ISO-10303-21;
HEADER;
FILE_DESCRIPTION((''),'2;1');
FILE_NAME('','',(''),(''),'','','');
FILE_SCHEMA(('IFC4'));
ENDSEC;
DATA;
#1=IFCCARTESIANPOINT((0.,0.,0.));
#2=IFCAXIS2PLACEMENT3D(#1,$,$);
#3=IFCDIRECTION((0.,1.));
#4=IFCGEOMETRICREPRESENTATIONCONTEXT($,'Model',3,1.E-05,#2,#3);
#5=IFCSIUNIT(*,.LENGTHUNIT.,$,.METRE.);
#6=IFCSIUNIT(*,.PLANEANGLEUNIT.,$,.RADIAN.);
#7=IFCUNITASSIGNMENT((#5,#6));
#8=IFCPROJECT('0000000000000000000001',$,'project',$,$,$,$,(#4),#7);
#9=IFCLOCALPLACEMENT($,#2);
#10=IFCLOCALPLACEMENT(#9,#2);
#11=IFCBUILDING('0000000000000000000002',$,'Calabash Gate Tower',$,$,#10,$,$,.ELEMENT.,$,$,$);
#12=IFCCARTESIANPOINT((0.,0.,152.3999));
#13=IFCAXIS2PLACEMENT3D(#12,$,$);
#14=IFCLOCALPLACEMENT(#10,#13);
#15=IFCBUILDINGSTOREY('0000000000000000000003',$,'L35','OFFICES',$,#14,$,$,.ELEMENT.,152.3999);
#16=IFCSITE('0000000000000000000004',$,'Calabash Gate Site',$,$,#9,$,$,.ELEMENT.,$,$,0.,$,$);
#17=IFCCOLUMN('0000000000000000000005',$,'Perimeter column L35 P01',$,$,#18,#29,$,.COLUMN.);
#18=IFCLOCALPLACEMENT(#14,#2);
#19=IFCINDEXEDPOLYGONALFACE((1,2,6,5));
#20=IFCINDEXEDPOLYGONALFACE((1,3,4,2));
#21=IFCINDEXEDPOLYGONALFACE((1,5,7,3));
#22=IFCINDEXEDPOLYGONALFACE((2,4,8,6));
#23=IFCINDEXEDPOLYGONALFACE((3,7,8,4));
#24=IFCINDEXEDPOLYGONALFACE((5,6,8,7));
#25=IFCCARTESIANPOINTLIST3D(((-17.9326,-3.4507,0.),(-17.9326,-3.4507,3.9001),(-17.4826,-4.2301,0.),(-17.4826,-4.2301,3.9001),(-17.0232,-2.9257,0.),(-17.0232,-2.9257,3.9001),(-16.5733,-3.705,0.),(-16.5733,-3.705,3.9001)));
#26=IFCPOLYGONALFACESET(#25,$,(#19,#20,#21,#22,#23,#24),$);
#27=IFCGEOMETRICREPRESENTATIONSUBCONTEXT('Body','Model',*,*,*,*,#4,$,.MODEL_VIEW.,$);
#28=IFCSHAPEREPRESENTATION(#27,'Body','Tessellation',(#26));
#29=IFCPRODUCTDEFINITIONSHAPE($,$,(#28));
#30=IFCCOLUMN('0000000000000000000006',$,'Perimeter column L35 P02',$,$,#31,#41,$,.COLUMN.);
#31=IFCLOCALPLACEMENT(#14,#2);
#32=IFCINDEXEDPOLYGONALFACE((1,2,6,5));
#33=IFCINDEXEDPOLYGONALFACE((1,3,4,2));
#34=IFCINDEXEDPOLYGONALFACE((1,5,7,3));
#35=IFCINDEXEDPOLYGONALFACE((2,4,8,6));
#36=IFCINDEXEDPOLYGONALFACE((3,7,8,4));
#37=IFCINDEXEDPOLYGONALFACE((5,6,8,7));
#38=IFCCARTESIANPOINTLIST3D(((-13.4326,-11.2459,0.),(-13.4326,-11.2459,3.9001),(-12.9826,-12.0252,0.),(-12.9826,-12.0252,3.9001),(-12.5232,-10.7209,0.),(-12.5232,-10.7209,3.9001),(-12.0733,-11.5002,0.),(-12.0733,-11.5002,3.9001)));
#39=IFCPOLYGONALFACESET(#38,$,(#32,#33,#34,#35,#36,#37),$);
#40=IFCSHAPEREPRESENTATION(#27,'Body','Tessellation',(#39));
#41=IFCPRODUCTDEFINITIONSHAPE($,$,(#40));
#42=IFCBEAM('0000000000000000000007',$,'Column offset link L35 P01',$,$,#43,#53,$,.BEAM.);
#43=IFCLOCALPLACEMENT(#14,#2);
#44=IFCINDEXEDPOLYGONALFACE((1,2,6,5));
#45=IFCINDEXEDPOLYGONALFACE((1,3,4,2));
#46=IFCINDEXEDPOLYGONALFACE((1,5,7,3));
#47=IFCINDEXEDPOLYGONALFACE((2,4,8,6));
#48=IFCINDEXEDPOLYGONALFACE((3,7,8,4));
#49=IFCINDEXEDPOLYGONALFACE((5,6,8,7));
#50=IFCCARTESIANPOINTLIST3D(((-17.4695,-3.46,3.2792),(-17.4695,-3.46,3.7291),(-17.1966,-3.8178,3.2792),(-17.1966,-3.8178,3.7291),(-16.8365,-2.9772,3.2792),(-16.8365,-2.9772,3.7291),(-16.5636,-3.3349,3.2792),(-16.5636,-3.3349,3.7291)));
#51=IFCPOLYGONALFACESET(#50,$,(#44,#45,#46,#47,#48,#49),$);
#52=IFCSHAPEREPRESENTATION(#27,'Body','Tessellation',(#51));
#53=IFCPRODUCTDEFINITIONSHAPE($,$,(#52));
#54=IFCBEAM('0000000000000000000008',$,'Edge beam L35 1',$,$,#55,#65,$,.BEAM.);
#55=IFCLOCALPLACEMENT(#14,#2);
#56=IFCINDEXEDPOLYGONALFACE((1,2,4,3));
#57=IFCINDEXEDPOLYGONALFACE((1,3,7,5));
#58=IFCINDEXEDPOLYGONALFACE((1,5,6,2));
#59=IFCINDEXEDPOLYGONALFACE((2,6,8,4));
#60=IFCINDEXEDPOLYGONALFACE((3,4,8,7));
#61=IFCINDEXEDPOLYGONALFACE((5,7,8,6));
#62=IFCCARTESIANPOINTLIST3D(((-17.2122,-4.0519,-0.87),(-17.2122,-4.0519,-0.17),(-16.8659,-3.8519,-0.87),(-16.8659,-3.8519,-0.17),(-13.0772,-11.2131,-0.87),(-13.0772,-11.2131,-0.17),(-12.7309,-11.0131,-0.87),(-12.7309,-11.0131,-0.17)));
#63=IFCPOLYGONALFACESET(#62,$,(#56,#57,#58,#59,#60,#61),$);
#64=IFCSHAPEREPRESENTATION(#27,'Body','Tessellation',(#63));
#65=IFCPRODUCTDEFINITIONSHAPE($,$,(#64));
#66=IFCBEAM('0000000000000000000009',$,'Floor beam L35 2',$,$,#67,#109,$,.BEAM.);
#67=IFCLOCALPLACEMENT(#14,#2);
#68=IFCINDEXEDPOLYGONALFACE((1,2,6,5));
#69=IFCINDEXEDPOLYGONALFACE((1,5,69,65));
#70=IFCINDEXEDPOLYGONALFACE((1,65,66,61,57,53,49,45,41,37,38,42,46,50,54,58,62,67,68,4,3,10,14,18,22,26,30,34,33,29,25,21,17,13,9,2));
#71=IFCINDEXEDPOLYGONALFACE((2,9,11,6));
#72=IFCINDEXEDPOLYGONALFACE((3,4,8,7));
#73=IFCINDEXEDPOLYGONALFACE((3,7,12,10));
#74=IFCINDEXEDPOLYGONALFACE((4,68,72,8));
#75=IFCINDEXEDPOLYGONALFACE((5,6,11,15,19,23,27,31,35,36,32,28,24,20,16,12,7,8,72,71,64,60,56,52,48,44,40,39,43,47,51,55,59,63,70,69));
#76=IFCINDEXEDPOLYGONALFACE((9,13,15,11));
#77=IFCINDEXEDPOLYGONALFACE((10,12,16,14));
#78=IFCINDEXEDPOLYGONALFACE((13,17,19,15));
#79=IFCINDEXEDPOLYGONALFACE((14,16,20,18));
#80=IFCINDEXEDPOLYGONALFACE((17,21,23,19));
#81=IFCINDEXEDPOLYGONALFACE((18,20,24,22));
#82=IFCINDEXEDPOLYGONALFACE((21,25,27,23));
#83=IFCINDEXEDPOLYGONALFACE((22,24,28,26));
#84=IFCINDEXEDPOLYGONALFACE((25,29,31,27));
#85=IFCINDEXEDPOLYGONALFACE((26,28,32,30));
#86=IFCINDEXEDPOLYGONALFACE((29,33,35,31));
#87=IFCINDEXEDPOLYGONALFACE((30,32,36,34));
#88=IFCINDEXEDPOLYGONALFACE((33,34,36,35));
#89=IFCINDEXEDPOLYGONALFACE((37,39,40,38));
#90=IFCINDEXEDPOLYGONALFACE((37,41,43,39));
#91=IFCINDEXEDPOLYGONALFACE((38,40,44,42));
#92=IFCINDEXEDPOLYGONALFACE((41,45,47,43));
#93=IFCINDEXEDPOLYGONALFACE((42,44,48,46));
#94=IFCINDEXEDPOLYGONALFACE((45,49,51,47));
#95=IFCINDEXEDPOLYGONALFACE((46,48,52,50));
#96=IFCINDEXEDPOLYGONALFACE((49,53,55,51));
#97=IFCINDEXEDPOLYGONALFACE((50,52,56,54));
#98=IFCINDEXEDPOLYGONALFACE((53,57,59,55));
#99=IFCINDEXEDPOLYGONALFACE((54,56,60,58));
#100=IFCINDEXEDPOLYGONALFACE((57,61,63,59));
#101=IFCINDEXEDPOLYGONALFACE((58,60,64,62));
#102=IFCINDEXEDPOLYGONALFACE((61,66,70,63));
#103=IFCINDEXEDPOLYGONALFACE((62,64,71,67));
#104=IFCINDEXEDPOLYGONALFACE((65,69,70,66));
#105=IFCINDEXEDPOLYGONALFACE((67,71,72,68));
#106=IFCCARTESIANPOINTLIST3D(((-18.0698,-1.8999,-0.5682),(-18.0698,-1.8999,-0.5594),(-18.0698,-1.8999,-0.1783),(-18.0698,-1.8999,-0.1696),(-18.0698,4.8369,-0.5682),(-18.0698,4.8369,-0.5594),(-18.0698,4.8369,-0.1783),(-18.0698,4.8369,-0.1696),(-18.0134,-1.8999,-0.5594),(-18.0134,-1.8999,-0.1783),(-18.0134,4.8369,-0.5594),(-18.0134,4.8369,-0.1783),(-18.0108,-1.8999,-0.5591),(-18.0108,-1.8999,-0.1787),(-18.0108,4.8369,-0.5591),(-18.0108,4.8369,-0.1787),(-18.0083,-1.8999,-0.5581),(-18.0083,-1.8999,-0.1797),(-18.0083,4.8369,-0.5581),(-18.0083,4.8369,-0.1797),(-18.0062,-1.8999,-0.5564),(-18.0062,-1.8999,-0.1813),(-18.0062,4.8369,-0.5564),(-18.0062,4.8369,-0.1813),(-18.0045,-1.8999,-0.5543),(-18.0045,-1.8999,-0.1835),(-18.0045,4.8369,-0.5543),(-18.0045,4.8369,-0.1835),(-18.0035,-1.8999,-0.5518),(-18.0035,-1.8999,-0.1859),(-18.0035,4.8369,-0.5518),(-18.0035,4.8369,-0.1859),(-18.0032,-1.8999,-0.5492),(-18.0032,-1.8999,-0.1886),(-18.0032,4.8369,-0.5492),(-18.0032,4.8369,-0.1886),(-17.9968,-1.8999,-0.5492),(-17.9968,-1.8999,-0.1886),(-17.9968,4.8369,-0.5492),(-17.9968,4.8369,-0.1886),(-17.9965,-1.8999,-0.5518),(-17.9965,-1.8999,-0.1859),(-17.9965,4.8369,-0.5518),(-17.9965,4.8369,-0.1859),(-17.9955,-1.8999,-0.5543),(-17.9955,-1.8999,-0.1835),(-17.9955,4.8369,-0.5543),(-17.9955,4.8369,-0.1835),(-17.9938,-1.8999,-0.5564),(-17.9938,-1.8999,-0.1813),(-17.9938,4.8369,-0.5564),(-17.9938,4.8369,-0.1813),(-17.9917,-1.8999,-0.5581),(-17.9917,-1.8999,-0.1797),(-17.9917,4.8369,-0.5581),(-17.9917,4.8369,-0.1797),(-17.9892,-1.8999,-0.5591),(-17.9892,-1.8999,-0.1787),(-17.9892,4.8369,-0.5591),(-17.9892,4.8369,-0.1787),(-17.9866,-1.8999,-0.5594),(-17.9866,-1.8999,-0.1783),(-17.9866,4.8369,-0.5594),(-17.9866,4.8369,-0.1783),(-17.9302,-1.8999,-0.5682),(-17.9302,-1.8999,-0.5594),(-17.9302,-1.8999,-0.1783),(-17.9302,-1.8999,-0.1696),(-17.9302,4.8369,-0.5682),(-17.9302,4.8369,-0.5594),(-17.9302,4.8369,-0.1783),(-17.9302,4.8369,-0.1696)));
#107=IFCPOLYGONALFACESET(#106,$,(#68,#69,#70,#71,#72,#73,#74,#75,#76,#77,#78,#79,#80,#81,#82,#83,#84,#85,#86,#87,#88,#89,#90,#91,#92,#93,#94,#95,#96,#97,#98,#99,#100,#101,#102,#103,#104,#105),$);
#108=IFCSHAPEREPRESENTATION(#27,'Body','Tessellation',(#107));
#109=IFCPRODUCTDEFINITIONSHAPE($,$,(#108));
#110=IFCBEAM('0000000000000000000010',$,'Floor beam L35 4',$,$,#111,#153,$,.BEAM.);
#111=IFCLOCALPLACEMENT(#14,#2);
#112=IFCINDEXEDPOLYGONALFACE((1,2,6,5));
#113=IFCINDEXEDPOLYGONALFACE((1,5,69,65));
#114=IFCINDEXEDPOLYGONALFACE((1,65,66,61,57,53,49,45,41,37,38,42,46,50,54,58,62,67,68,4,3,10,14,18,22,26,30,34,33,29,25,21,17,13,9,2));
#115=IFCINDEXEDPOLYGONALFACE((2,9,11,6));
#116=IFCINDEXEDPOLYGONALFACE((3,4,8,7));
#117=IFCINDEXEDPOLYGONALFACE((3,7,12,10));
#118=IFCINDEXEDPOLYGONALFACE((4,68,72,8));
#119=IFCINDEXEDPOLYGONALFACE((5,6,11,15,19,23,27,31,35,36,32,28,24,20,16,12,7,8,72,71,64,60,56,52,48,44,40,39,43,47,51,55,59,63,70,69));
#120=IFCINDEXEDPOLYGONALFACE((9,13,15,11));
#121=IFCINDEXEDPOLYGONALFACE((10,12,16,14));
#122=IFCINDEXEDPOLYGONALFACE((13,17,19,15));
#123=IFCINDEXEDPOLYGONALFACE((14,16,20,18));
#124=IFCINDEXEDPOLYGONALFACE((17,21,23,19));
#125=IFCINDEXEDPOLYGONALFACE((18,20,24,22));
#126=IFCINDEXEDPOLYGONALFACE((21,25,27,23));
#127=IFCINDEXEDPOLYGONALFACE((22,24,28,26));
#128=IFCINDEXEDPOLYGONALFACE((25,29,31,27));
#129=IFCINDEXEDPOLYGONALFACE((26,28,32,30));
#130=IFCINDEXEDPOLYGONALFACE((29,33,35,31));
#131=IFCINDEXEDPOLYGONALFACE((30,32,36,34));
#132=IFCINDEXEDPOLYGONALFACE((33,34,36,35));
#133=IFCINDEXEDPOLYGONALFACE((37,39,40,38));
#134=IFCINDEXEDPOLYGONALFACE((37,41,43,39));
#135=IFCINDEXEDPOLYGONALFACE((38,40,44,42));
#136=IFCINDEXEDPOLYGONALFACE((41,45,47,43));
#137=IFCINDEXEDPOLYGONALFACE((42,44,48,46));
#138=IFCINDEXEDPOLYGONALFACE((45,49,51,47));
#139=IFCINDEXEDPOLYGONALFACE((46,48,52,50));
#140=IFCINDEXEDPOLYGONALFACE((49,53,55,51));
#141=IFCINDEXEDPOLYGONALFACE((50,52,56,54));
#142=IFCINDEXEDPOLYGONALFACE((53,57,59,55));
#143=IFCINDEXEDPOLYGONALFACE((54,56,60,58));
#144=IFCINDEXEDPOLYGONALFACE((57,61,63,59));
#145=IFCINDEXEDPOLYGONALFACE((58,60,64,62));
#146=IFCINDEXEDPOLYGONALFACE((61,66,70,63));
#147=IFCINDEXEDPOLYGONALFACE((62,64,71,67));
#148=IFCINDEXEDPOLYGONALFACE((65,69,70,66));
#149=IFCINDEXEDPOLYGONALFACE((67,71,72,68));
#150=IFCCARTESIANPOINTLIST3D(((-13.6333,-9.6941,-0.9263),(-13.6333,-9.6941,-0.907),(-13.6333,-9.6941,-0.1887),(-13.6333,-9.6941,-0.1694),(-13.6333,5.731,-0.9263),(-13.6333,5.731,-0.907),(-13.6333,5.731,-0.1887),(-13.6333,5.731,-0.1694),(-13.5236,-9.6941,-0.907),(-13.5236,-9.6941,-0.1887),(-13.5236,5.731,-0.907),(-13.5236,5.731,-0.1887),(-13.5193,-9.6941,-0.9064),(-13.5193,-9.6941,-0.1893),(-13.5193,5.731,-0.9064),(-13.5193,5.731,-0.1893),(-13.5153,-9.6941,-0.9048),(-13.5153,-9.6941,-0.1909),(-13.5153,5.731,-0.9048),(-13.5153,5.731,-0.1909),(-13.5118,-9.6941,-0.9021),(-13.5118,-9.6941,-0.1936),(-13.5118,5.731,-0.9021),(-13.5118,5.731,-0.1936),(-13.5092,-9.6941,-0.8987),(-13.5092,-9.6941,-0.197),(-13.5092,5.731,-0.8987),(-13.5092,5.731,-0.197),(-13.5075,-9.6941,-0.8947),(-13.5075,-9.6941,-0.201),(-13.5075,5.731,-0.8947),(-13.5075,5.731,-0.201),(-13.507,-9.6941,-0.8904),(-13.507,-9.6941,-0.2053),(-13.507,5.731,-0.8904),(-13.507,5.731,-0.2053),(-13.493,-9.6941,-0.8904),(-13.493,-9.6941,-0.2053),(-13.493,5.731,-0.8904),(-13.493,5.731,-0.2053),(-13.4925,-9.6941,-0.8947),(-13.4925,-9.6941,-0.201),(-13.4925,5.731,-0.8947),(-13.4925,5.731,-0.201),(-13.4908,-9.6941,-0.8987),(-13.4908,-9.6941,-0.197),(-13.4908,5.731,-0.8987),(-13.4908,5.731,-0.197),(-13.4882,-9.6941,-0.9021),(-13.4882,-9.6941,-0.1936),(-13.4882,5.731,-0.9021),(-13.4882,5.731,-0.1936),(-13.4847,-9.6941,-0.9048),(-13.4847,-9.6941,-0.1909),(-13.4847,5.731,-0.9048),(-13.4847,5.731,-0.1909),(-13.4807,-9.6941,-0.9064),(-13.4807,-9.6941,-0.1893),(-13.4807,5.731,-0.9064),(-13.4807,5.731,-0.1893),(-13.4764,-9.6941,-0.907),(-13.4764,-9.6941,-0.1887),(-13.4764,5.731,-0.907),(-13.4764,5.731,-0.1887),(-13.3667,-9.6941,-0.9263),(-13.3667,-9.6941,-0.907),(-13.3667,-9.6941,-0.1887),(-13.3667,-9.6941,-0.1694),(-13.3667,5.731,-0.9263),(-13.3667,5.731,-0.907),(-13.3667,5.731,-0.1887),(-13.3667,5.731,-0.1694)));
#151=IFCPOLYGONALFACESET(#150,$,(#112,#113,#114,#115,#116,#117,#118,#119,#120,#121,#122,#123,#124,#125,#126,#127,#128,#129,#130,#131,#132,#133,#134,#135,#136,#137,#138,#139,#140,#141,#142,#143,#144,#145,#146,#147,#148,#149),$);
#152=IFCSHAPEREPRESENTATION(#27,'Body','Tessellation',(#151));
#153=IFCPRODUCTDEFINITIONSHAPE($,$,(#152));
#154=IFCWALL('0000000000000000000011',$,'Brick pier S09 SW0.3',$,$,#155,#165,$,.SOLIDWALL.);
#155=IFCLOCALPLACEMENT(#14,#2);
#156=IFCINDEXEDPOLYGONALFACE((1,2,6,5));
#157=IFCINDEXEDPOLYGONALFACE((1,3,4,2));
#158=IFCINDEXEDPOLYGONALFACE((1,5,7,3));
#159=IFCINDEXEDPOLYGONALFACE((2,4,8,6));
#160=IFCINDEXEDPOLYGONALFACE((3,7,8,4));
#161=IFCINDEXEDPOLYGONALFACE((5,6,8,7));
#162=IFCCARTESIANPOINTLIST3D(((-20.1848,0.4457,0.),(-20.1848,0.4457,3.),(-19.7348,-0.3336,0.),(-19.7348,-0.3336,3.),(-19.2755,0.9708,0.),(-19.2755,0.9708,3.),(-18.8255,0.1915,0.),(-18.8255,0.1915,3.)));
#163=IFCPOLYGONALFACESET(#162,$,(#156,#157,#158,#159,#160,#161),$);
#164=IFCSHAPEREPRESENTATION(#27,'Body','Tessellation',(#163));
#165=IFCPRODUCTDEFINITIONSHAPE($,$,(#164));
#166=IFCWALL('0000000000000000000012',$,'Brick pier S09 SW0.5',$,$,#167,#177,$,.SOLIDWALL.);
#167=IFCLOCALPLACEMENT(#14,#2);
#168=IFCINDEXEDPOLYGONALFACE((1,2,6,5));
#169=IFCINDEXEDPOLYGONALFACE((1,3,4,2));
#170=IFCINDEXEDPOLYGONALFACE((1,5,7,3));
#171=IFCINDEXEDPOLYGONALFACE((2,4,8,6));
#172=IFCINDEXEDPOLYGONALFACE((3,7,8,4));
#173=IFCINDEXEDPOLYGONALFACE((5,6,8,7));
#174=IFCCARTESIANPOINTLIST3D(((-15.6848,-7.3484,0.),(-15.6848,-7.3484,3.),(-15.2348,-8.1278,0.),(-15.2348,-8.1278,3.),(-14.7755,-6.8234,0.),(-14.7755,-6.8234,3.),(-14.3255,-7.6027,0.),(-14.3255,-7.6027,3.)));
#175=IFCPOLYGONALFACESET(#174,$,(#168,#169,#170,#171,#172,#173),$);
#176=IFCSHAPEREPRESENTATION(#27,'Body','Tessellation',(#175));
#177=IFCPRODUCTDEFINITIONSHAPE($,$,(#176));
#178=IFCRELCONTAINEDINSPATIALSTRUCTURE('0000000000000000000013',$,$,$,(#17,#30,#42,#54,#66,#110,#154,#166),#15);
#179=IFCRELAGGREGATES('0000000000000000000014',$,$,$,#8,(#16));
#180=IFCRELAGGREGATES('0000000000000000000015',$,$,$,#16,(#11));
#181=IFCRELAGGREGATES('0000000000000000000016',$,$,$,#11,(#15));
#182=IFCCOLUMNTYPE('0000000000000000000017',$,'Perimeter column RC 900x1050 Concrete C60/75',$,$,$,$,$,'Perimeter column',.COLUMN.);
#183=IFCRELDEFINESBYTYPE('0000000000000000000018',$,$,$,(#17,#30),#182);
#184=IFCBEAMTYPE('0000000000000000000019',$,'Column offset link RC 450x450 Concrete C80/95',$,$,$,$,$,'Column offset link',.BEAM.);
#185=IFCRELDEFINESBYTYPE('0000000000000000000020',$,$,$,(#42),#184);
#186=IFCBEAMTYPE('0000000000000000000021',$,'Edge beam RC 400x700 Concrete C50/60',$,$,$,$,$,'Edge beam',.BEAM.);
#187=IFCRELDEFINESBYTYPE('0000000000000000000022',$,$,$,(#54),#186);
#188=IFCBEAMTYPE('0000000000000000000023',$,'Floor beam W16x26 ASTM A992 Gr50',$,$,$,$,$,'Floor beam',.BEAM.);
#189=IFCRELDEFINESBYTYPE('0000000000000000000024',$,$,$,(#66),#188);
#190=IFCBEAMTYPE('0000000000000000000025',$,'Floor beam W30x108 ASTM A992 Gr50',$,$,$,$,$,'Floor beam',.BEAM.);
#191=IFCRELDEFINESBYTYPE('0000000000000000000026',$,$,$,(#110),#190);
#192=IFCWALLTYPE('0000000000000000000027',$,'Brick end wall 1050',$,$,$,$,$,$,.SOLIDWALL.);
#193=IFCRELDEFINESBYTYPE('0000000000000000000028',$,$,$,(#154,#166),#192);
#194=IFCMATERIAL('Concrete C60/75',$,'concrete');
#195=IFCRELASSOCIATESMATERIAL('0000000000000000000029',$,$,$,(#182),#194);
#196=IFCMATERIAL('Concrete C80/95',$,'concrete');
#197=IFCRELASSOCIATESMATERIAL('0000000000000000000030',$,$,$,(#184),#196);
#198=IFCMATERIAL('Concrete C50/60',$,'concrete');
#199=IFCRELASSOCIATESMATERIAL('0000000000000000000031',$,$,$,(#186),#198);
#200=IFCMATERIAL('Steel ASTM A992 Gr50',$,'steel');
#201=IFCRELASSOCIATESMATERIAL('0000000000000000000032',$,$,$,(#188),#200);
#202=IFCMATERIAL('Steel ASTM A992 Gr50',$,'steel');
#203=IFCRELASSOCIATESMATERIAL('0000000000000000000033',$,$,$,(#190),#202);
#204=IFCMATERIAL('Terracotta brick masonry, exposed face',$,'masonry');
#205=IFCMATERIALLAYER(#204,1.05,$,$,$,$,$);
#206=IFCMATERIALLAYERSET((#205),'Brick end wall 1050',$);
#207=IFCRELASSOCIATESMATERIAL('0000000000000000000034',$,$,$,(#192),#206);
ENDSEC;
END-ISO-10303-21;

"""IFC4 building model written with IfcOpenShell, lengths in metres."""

from ifc_helpers import new_model, si_unit, direction, frame, frame_2d, origin, origin_2d, place, context, subcontext, project, spatial, rectangle, i_section, extrude, material, layer, layer_set, material_profile, profile_set, type_object, element, save


model = new_model("IFC4")

# Units and contexts
model_context = context("Model", 3, precision=1e-05, world=origin(), true_north=direction((0.0, 1.0)))
body_context = subcontext(model_context, "Body", "Model", "MODEL_VIEW")
ifc_project = project(units=[si_unit("LENGTHUNIT", "METRE"), si_unit("PLANEANGLEUNIT", "RADIAN")], contexts=[model_context])

# Site, building, storey
site_placement = place(None, origin())
site = spatial("IfcSite", under=ifc_project, at=site_placement, Name="Calabash Gate Site", CompositionType="ELEMENT", RefElevation=0.0)
building_placement = place(site_placement, origin())
building = spatial("IfcBuilding", under=site, at=building_placement, Name="Calabash Gate Tower", CompositionType="ELEMENT")
storey_placement = place(building_placement, frame((0.0, 0.0, 152.3999)))
storey = spatial("IfcBuildingStorey", under=building, at=storey_placement, Name="L35", Description="OFFICES", CompositionType="ELEMENT", Elevation=152.3999)

# Columns
ifc_material_1 = material(Name="Concrete C60/75", Category="concrete")
ifc_material_profile_1 = material_profile(ifc_material_1, rectangle(XDim=0.8999, YDim=1.05, at=origin_2d()))
ifc_profile_set_1 = profile_set([ifc_material_profile_1], Name="Concrete C60/75")
column_type = type_object("IfcColumnType", Name="Perimeter column RC 900x1050 Concrete C60/75", ElementType="Perimeter column", PredefinedType="COLUMN", material=ifc_profile_set_1)
for number, where, z_axis, x_axis, name in (
    (1, (-17.2529, -3.5779, 0.0), (0.0, 0.0, 1.0), (0.5, -0.866025, 0.0), "Perimeter column L35 P01"),
    (2, (-12.7529, -11.373, 0.0), (0.0, 0.0, 1.0), (0.5, -0.866025, 0.0), "Perimeter column L35 P02"),
):
    element("IfcColumn", number, at=place(storey_placement, frame(where, z_axis=z_axis, x_axis=x_axis)), inside=storey, type_object=column_type, Name=name, PredefinedType="COLUMN", context=body_context, shape_type="SweptSolid", body=[
        extrude(rectangle(XDim=0.8999, YDim=1.05, at=origin_2d()), origin(), (0.0, 0.0, 1.0), 3.9001),
    ])

# Beams
ifc_material_2 = material(Name="Concrete C80/95", Category="concrete")
ifc_material_profile_2 = material_profile(ifc_material_2, rectangle(XDim=0.45, YDim=0.45, at=origin_2d()))
ifc_profile_set_2 = profile_set([ifc_material_profile_2], Name="Concrete C80/95")
beam_type_1 = type_object("IfcBeamType", Name="Column offset link RC 450x450 Concrete C80/95", ElementType="Column offset link", PredefinedType="BEAM", material=ifc_profile_set_2)
beam_1_placement = place(storey_placement, frame((-17.333, -3.6389, 3.5042), z_axis=(0.79508, 0.606505, 0.0), x_axis=(-0.606505, 0.79508, 0.0)))
element("IfcBeam", 3, at=beam_1_placement, inside=storey, type_object=beam_type_1, Name="Column offset link L35 P01", PredefinedType="BEAM", context=body_context, shape_type="SweptSolid", body=[
    extrude(rectangle(XDim=0.45, YDim=0.45, at=origin_2d()), origin(), (0.0, 0.0, 1.0), 0.7961),
])
ifc_material_3 = material(Name="Concrete C50/60", Category="concrete")
ifc_material_profile_3 = material_profile(ifc_material_3, rectangle(XDim=0.3999, YDim=0.7, at=origin_2d()))
ifc_profile_set_3 = profile_set([ifc_material_profile_3], Name="Concrete C50/60")
beam_type_2 = type_object("IfcBeamType", Name="Edge beam RC 400x700 Concrete C50/60", ElementType="Edge beam", PredefinedType="BEAM", material=ifc_profile_set_3)
beam_2_placement = place(storey_placement, frame((-17.0391, -3.9519, -0.52), z_axis=(0.500048, -0.865998, 0.0), x_axis=(0.865998, 0.500048, 0.0)))
element("IfcBeam", 4, at=beam_2_placement, inside=storey, type_object=beam_type_2, Name="Edge beam L35 1", PredefinedType="BEAM", context=body_context, shape_type="SweptSolid", body=[
    extrude(rectangle(XDim=0.3999, YDim=0.7, at=origin_2d()), origin(), (0.0, 0.0, 1.0), 8.2693),
])
ifc_material_4 = material(Name="Steel ASTM A992 Gr50", Category="steel")
ifc_material_profile_4 = material_profile(ifc_material_4, i_section(OverallWidth=0.1396, OverallDepth=0.3987, WebThickness=0.0063, FlangeThickness=0.0088, FilletRadius=0.0103, at=origin_2d()))
ifc_profile_set_4 = profile_set([ifc_material_profile_4], Name="Steel ASTM A992 Gr50")
beam_type_3 = type_object("IfcBeamType", Name="Floor beam W16x26 ASTM A992 Gr50", ElementType="Floor beam", PredefinedType="BEAM", material=ifc_profile_set_4)
beam_3_placement = place(storey_placement, frame((-18.0, -1.8999, -0.3689), z_axis=(0.0, 1.0, 0.0), x_axis=(-1.0, 0.0, 0.0)))
element("IfcBeam", 5, at=beam_3_placement, inside=storey, type_object=beam_type_3, Name="Floor beam L35 2", PredefinedType="BEAM", context=body_context, shape_type="SweptSolid", body=[
    extrude(i_section(OverallWidth=0.1396, OverallDepth=0.3987, WebThickness=0.0063, FlangeThickness=0.0088, FilletRadius=0.0103, at=origin_2d()), origin(), (0.0, 0.0, 1.0), 6.7368),
])
ifc_material_5 = material(Name="Steel ASTM A992 Gr50", Category="steel")
ifc_material_profile_5 = material_profile(ifc_material_5, i_section(OverallWidth=0.2666, OverallDepth=0.7568, WebThickness=0.0139, FlangeThickness=0.0193, FilletRadius=0.0166, at=origin_2d()))
ifc_profile_set_5 = profile_set([ifc_material_profile_5], Name="Steel ASTM A992 Gr50")
beam_type_4 = type_object("IfcBeamType", Name="Floor beam W30x108 ASTM A992 Gr50", ElementType="Floor beam", PredefinedType="BEAM", material=ifc_profile_set_5)
beam_4_placement = place(storey_placement, frame((-13.5, -9.6941, -0.5479), z_axis=(0.0, 1.0, 0.0), x_axis=(-1.0, 0.0, 0.0)))
element("IfcBeam", 6, at=beam_4_placement, inside=storey, type_object=beam_type_4, Name="Floor beam L35 4", PredefinedType="BEAM", context=body_context, shape_type="SweptSolid", body=[
    extrude(i_section(OverallWidth=0.2666, OverallDepth=0.7568, WebThickness=0.0139, FlangeThickness=0.0193, FilletRadius=0.0166, at=origin_2d()), origin(), (0.0, 0.0, 1.0), 15.425),
])

# Walls
ifc_material_6 = material(Name="Terracotta brick masonry, exposed face", Category="masonry")
ifc_layer_1 = layer(ifc_material_6, 1.05)
ifc_layer_set_1 = layer_set([ifc_layer_1], Name="Brick end wall 1050")
wall_type_1 = type_object("IfcWallType", Name="Brick end wall 1050", PredefinedType="SOLIDWALL", material=ifc_layer_set_1)
for number, where, z_axis, x_axis, name in (
    (7, (-19.9597, 0.0562, 0.0), (0.0, 0.0, 1.0), (0.865988, 0.500065, 0.0), "Brick pier S09 SW0.3"),
    (8, (-15.4597, -7.738, 0.0), (0.0, 0.0, 1.0), (0.865988, 0.500065, 0.0), "Brick pier S09 SW0.5"),
):
    element("IfcWall", number, at=place(storey_placement, frame(where, z_axis=z_axis, x_axis=x_axis)), inside=storey, type_object=wall_type_1, Name=name, PredefinedType="SOLIDWALL", context=body_context, shape_type="SweptSolid", body=[
        extrude(rectangle(XDim=1.05, YDim=0.8999, at=frame_2d((0.5249, 0.0))), origin(), (0.0, 0.0, 1.0), 3.0),
    ])

save(model, "model.ifc")
